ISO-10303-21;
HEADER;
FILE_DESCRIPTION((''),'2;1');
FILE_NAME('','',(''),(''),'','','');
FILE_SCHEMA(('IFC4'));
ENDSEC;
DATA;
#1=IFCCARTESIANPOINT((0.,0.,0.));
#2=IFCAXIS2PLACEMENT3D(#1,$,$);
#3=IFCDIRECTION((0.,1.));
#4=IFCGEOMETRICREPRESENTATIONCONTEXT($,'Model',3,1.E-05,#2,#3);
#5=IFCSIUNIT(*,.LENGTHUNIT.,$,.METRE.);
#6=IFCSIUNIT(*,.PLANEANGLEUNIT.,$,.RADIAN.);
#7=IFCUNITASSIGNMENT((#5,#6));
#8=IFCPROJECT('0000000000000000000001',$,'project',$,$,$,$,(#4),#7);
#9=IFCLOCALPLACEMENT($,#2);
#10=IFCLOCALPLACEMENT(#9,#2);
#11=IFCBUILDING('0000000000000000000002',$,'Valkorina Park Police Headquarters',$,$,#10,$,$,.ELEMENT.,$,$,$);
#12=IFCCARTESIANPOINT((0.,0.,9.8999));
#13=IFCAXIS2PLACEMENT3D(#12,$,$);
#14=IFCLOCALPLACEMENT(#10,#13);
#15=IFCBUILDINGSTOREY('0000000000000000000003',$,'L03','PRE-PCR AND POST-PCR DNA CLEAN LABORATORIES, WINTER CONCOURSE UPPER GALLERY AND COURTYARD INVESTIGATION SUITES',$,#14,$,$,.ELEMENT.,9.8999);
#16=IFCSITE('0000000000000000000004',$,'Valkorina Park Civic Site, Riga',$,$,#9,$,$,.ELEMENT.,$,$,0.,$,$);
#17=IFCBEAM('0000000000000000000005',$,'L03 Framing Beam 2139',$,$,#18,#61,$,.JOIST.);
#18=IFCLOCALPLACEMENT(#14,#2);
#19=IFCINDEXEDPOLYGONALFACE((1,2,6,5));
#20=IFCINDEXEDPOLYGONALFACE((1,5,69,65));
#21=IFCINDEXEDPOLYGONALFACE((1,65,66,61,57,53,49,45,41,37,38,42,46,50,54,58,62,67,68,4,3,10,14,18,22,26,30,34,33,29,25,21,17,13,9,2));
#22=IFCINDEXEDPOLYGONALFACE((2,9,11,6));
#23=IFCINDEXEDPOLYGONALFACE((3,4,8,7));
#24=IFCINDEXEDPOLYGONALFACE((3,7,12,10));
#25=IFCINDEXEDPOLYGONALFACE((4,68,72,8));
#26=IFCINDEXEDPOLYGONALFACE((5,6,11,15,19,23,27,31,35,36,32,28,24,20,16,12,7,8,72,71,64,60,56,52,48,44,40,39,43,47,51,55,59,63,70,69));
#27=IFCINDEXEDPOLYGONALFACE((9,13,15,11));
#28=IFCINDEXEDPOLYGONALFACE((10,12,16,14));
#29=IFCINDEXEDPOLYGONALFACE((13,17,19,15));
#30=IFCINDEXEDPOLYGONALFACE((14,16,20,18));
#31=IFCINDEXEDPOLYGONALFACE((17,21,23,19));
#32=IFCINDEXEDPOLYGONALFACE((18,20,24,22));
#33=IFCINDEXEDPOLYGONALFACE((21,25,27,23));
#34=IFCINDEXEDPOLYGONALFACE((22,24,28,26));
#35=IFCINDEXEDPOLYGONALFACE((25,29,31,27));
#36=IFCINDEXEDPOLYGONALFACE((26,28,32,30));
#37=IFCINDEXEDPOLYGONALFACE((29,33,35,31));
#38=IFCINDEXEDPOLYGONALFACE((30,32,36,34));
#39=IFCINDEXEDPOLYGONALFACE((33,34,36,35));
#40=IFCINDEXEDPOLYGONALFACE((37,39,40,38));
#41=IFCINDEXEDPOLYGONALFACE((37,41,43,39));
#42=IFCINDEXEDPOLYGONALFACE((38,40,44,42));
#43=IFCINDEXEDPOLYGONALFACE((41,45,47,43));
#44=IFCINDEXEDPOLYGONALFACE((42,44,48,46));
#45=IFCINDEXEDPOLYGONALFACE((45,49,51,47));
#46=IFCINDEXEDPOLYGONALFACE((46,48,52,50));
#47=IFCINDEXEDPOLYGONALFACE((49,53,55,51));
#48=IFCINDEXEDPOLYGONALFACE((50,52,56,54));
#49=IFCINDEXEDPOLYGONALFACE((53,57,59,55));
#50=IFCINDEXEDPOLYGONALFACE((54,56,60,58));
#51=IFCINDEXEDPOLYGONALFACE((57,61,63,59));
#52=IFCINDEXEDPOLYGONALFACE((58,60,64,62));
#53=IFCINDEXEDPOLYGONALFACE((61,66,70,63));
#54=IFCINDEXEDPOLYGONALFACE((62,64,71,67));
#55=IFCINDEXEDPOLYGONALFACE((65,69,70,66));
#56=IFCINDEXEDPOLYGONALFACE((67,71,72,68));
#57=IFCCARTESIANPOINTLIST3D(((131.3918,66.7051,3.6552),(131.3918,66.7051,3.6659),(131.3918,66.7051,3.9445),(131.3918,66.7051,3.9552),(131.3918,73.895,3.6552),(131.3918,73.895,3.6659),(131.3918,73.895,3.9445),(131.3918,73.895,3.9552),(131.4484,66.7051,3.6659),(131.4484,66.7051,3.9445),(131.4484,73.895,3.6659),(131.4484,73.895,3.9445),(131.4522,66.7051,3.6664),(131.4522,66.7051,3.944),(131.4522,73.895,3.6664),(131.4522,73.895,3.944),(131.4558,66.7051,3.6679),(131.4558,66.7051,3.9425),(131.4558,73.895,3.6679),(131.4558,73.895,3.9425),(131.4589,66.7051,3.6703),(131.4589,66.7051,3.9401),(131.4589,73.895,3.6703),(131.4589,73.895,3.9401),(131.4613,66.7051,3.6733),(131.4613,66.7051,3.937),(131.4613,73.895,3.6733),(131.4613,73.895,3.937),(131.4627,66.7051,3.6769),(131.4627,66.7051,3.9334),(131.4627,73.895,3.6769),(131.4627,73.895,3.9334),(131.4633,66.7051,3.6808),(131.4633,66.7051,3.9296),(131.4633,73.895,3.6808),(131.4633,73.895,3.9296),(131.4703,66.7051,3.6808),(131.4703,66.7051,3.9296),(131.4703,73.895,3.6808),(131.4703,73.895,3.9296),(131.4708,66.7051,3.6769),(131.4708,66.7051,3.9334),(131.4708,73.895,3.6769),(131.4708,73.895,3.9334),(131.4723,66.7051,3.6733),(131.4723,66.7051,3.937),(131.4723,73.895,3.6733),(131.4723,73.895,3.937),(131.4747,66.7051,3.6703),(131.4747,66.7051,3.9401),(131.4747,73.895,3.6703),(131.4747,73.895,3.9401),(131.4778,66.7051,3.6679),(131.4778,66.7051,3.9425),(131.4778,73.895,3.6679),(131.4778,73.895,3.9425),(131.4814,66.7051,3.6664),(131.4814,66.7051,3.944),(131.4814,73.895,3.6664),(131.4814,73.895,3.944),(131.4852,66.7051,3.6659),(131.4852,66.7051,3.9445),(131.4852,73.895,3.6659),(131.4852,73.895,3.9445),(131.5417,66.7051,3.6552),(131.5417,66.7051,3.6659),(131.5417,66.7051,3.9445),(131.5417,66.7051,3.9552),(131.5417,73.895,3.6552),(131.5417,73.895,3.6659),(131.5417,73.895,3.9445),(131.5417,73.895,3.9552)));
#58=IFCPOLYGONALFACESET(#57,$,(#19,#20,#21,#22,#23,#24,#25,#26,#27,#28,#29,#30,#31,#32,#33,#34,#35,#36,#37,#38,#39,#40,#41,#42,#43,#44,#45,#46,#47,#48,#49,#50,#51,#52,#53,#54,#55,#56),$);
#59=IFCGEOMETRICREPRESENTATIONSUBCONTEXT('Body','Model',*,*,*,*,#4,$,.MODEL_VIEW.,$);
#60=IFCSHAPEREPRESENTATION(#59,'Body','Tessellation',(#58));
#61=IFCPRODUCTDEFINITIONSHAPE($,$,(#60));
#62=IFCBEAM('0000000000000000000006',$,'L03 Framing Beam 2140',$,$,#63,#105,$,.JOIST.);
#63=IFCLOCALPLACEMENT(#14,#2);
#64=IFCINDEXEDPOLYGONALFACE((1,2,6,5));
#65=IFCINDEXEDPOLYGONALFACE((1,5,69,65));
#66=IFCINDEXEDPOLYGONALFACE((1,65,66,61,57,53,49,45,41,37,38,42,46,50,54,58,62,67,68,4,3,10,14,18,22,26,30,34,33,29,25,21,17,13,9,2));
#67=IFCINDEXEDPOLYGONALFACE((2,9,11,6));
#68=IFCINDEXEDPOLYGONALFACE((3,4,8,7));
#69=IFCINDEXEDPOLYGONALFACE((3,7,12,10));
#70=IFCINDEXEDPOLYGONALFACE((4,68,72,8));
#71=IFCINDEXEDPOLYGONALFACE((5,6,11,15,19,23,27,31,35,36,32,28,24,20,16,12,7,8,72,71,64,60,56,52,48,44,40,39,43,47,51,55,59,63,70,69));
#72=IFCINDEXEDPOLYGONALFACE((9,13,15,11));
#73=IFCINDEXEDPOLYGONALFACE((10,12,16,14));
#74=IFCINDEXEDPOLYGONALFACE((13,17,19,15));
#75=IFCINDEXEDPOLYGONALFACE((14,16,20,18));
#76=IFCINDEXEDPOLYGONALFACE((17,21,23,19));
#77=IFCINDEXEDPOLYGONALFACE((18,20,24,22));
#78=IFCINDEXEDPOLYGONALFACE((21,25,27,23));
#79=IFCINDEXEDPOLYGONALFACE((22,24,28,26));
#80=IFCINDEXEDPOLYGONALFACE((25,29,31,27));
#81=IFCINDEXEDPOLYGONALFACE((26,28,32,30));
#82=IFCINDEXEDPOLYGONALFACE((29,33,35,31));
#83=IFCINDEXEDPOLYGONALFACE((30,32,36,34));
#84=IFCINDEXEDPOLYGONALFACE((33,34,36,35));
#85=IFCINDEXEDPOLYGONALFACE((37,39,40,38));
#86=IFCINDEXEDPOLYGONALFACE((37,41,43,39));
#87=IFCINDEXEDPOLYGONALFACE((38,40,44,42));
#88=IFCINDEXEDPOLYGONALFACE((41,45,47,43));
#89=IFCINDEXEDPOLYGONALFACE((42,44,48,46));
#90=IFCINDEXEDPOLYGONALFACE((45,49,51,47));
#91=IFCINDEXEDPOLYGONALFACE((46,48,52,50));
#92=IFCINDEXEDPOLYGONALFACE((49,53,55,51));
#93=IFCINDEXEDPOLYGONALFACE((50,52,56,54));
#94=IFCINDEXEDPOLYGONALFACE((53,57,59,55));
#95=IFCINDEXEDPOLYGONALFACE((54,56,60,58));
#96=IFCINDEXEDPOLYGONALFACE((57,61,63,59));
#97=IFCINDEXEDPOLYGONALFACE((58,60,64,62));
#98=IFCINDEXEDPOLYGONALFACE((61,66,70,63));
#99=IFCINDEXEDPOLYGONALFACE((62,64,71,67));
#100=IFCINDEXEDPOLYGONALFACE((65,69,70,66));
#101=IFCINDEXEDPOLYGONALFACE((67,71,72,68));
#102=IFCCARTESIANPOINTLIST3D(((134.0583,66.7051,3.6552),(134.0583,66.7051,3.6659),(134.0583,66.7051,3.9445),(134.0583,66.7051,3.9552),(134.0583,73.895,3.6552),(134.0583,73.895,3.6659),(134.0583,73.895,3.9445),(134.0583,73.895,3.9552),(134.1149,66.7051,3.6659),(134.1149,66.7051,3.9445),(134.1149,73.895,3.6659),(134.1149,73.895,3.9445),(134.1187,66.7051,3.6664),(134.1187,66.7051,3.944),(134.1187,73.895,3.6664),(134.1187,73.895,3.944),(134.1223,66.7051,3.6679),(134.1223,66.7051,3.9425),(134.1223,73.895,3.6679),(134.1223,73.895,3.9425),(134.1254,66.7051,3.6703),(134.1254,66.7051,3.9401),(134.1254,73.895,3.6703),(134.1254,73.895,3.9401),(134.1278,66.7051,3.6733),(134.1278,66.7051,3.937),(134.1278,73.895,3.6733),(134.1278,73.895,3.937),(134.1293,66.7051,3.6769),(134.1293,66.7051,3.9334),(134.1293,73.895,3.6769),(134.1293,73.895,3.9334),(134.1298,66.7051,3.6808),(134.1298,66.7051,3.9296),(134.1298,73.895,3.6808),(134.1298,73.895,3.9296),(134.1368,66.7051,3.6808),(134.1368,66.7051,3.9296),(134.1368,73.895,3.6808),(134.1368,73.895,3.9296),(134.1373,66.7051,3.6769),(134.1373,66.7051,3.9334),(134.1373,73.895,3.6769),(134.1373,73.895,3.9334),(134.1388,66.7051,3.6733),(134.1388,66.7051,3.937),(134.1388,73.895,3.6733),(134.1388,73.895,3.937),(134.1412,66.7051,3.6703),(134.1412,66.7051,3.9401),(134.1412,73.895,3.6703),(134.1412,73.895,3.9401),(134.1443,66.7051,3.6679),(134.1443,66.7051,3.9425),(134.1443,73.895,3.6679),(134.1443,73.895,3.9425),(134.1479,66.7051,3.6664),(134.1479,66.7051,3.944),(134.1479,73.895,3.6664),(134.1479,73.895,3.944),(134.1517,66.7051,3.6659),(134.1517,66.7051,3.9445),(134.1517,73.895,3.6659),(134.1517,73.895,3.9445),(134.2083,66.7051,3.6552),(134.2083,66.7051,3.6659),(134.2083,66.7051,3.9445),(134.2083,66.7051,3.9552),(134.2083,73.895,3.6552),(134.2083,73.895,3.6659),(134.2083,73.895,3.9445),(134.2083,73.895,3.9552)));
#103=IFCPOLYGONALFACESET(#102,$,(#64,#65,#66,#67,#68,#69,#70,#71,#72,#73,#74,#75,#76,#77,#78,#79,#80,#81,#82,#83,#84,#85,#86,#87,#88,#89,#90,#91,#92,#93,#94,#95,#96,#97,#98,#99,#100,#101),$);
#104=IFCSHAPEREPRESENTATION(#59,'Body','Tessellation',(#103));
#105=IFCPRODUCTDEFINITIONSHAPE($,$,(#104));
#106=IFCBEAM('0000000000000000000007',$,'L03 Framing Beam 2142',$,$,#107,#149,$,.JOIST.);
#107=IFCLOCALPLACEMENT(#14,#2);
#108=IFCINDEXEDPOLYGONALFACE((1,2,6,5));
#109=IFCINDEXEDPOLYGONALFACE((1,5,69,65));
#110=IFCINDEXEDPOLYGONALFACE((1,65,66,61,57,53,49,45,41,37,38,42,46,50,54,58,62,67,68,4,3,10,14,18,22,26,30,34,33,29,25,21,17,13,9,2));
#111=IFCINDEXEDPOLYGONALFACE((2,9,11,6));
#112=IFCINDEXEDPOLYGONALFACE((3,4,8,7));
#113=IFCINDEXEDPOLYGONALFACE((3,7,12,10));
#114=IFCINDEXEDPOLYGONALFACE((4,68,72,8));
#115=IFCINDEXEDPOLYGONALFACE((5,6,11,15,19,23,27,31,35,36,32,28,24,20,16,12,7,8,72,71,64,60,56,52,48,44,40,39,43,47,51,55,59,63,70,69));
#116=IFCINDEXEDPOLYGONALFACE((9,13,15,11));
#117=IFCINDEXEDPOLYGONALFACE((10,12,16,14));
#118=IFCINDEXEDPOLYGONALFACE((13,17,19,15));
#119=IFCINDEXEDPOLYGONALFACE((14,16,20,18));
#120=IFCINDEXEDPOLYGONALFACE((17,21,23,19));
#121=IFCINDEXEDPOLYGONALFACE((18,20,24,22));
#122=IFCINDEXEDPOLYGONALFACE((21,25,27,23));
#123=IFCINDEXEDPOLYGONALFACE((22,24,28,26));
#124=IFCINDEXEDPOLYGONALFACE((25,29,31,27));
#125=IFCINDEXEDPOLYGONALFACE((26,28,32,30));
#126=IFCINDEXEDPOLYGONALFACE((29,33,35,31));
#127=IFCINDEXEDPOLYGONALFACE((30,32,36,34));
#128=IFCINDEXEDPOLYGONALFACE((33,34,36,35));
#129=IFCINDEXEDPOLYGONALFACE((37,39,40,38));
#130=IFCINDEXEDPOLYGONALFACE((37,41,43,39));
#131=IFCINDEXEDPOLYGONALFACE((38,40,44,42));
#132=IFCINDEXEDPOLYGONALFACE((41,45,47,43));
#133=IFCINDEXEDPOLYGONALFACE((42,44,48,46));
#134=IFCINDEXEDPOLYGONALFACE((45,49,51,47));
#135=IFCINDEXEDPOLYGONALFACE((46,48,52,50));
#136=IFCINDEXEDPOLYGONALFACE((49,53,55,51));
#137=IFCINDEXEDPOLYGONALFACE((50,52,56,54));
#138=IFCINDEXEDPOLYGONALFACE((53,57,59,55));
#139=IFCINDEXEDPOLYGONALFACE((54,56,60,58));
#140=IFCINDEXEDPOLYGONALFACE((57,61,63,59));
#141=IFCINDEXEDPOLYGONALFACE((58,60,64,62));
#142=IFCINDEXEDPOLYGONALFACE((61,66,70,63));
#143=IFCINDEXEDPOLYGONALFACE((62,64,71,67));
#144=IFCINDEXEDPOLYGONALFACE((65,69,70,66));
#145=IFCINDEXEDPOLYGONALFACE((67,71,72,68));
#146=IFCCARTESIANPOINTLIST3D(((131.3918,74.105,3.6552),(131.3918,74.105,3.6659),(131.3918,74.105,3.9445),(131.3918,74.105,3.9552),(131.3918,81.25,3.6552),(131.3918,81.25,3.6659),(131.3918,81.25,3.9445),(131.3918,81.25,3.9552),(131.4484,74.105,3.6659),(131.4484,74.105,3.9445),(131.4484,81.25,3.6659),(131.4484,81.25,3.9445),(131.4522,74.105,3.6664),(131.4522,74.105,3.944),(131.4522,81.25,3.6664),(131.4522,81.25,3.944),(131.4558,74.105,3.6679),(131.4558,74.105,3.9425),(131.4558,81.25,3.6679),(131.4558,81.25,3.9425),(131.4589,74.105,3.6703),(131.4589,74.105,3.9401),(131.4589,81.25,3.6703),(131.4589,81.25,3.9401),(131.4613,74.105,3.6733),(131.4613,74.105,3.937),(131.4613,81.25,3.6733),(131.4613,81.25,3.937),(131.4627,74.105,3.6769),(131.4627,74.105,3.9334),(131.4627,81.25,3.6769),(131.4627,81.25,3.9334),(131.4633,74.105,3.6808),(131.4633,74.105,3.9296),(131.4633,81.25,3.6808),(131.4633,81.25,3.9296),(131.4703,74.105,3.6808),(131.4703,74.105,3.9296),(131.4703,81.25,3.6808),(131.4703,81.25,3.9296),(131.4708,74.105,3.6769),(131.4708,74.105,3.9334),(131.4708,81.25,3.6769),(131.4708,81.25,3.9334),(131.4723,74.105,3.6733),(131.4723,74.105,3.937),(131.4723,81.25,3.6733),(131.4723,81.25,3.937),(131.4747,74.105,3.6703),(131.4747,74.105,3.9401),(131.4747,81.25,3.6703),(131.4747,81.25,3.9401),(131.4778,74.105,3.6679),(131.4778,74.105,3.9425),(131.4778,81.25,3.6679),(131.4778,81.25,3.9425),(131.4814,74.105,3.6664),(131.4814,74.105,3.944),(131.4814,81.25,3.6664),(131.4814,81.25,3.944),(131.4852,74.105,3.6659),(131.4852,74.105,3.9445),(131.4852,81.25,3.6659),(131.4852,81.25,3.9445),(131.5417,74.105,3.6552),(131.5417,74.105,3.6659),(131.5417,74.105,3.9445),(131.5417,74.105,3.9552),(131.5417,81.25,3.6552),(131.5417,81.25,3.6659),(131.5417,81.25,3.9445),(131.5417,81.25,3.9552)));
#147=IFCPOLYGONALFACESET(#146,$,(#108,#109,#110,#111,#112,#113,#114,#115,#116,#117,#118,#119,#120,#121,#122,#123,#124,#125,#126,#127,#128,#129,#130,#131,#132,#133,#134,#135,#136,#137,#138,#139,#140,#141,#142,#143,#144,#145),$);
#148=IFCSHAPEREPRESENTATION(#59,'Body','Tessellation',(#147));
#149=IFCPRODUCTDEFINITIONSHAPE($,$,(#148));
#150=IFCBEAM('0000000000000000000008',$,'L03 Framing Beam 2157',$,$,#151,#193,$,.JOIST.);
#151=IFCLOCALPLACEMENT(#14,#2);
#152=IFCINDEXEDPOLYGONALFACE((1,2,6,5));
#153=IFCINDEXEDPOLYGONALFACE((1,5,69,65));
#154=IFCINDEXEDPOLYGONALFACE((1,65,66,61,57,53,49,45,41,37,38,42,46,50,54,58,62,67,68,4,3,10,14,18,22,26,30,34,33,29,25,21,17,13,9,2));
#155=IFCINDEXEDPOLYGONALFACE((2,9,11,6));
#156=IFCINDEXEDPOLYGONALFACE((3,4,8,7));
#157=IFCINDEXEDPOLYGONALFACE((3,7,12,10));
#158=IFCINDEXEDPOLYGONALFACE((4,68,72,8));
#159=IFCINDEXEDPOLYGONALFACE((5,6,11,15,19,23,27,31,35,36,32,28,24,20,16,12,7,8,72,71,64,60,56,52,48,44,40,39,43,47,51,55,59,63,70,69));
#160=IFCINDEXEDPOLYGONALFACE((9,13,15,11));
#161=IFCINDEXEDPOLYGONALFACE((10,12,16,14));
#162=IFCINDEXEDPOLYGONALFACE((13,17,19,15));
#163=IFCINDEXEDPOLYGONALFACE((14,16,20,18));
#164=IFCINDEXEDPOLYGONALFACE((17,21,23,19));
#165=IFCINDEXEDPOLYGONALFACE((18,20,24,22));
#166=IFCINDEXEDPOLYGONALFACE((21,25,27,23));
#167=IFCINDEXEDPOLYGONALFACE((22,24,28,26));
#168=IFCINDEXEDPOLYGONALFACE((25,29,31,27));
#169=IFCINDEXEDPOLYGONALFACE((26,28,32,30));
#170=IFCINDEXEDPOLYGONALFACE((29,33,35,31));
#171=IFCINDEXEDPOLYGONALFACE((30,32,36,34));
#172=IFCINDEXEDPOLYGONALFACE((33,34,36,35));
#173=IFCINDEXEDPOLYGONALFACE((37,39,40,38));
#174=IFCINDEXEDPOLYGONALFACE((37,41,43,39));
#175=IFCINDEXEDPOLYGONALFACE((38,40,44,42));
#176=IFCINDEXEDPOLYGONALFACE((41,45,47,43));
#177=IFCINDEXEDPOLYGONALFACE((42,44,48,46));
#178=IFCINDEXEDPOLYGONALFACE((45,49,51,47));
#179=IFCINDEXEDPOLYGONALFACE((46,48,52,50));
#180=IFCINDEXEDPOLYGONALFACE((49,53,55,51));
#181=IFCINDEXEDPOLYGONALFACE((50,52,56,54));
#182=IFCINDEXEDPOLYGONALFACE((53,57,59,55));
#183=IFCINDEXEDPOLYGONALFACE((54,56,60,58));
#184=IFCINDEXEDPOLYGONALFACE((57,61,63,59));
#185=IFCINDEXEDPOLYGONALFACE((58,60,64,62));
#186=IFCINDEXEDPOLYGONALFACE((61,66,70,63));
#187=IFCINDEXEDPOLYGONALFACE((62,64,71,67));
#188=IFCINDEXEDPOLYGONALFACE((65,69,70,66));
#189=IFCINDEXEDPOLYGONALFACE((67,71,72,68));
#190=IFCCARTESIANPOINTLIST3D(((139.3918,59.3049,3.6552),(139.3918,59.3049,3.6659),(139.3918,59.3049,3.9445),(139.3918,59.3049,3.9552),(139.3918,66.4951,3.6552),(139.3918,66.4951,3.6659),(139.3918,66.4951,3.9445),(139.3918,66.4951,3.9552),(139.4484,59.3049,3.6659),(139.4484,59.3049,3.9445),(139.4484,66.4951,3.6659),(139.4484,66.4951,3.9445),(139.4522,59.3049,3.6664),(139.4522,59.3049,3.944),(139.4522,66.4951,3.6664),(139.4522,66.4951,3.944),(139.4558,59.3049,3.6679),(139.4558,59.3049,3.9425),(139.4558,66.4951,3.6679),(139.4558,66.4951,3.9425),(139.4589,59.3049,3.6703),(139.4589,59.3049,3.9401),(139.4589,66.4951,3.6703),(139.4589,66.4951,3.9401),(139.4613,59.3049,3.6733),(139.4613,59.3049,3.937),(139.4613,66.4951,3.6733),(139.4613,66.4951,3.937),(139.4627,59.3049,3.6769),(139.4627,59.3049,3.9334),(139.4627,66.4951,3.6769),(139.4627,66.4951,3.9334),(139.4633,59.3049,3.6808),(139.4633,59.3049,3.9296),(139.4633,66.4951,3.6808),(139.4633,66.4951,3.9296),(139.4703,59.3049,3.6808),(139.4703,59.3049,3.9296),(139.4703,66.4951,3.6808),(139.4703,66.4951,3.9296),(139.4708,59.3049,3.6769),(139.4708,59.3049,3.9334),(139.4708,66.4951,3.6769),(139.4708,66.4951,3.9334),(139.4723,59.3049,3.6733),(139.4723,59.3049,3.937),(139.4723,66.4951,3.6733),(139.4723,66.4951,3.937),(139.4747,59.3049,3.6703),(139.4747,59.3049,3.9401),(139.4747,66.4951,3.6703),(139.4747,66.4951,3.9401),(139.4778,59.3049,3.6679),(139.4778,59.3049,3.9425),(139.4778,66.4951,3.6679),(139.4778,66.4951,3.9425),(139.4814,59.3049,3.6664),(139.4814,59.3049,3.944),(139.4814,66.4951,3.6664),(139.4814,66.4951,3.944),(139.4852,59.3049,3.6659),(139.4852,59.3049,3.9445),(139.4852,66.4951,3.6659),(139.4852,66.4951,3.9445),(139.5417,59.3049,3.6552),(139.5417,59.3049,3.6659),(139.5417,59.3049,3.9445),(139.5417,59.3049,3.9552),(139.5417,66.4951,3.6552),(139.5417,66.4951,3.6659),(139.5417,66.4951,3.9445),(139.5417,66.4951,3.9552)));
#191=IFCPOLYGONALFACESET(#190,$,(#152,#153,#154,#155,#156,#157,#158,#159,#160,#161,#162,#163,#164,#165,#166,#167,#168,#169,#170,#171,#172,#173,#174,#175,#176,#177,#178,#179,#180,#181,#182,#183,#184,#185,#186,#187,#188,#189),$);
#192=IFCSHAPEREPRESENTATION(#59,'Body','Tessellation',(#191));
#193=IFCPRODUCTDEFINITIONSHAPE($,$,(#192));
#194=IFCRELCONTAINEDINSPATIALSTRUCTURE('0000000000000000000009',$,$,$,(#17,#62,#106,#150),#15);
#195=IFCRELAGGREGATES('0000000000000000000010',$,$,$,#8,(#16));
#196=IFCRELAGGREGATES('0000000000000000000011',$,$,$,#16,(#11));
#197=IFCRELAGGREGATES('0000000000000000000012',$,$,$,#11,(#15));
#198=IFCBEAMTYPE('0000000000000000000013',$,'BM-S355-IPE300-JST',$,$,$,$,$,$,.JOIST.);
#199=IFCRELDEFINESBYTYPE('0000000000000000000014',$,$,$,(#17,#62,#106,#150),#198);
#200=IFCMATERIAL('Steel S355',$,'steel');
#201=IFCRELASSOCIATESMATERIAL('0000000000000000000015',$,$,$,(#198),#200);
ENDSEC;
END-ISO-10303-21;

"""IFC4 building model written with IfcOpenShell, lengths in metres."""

from ifc_helpers import new_model, si_unit, direction, frame, origin, origin_2d, place, context, subcontext, project, spatial, i_section, extrude, material, material_profile, profile_set, type_object, element, save


model = new_model("IFC4")

# Units and contexts
model_context = context("Model", 3, precision=1e-05, world=origin(), true_north=direction((0.0, 1.0)))
body_context = subcontext(model_context, "Body", "Model", "MODEL_VIEW")
ifc_project = project(units=[si_unit("LENGTHUNIT", "METRE"), si_unit("PLANEANGLEUNIT", "RADIAN")], contexts=[model_context])

# Site, building, storey
site_placement = place(None, origin())
site = spatial("IfcSite", under=ifc_project, at=site_placement, Name="Valkorina Park Civic Site, Riga", CompositionType="ELEMENT", RefElevation=0.0)
building_placement = place(site_placement, origin())
building = spatial("IfcBuilding", under=site, at=building_placement, Name="Valkorina Park Police Headquarters", CompositionType="ELEMENT")
storey_placement = place(building_placement, frame((0.0, 0.0, 9.8999)))
storey = spatial("IfcBuildingStorey", under=building, at=storey_placement, Name="L03", Description="PRE-PCR AND POST-PCR DNA CLEAN LABORATORIES, WINTER CONCOURSE UPPER GALLERY AND COURTYARD INVESTIGATION SUITES", CompositionType="ELEMENT", Elevation=9.8999)

# Shared definitions
ifc_material_1 = material(Name="Steel S355", Category="steel")

# Beams
ifc_material_profile_1 = material_profile(ifc_material_1, i_section(OverallWidth=0.1499, OverallDepth=0.3, WebThickness=0.0071, FlangeThickness=0.0107, FilletRadius=0.0149, at=origin_2d()), Name="IPE 300")
ifc_profile_set_1 = profile_set([ifc_material_profile_1], Name="Steel S355")
beam_type_1 = type_object("IfcBeamType", Name="BM-S355-IPE300-JST", PredefinedType="JOIST", material=ifc_profile_set_1)
for number, where, z_axis, x_axis, name in (
    (1, (131.4668, 66.7051, 3.8052), (0.0, 1.0, 0.0), (-1.0, 0.0, 0.0), "L03 Framing Beam 2139"),
    (2, (134.1333, 66.7051, 3.8052), (0.0, 1.0, 0.0), (-1.0, 0.0, 0.0), "L03 Framing Beam 2140"),
):
    element("IfcBeam", number, at=place(storey_placement, frame(where, z_axis=z_axis, x_axis=x_axis)), inside=storey, type_object=beam_type_1, Name=name, PredefinedType="JOIST", context=body_context, shape_type="SweptSolid", body=[
        extrude(i_section(OverallWidth=0.1499, OverallDepth=0.3, WebThickness=0.0071, FlangeThickness=0.0107, FilletRadius=0.0149, at=origin_2d()), origin(), (0.0, 0.0, 1.0), 7.1899),
    ])
beam_1_placement = place(storey_placement, frame((131.4668, 74.105, 3.8052), z_axis=(0.0, 1.0, 0.0), x_axis=(-1.0, 0.0, 0.0)))
element("IfcBeam", 3, at=beam_1_placement, inside=storey, type_object=beam_type_1, Name="L03 Framing Beam 2142", PredefinedType="JOIST", context=body_context, shape_type="SweptSolid", body=[
    extrude(i_section(OverallWidth=0.1499, OverallDepth=0.3, WebThickness=0.0071, FlangeThickness=0.0107, FilletRadius=0.0149, at=origin_2d()), origin(), (0.0, 0.0, 1.0), 7.145),
])
beam_2_placement = place(storey_placement, frame((139.4668, 59.3049, 3.8052), z_axis=(0.0, 1.0, 0.0), x_axis=(-1.0, 0.0, 0.0)))
element("IfcBeam", 4, at=beam_2_placement, inside=storey, type_object=beam_type_1, Name="L03 Framing Beam 2157", PredefinedType="JOIST", context=body_context, shape_type="SweptSolid", body=[
    extrude(i_section(OverallWidth=0.1499, OverallDepth=0.3, WebThickness=0.0071, FlangeThickness=0.0107, FilletRadius=0.0149, at=origin_2d()), origin(), (0.0, 0.0, 1.0), 7.1902),
])

save(model, "model.ifc")
